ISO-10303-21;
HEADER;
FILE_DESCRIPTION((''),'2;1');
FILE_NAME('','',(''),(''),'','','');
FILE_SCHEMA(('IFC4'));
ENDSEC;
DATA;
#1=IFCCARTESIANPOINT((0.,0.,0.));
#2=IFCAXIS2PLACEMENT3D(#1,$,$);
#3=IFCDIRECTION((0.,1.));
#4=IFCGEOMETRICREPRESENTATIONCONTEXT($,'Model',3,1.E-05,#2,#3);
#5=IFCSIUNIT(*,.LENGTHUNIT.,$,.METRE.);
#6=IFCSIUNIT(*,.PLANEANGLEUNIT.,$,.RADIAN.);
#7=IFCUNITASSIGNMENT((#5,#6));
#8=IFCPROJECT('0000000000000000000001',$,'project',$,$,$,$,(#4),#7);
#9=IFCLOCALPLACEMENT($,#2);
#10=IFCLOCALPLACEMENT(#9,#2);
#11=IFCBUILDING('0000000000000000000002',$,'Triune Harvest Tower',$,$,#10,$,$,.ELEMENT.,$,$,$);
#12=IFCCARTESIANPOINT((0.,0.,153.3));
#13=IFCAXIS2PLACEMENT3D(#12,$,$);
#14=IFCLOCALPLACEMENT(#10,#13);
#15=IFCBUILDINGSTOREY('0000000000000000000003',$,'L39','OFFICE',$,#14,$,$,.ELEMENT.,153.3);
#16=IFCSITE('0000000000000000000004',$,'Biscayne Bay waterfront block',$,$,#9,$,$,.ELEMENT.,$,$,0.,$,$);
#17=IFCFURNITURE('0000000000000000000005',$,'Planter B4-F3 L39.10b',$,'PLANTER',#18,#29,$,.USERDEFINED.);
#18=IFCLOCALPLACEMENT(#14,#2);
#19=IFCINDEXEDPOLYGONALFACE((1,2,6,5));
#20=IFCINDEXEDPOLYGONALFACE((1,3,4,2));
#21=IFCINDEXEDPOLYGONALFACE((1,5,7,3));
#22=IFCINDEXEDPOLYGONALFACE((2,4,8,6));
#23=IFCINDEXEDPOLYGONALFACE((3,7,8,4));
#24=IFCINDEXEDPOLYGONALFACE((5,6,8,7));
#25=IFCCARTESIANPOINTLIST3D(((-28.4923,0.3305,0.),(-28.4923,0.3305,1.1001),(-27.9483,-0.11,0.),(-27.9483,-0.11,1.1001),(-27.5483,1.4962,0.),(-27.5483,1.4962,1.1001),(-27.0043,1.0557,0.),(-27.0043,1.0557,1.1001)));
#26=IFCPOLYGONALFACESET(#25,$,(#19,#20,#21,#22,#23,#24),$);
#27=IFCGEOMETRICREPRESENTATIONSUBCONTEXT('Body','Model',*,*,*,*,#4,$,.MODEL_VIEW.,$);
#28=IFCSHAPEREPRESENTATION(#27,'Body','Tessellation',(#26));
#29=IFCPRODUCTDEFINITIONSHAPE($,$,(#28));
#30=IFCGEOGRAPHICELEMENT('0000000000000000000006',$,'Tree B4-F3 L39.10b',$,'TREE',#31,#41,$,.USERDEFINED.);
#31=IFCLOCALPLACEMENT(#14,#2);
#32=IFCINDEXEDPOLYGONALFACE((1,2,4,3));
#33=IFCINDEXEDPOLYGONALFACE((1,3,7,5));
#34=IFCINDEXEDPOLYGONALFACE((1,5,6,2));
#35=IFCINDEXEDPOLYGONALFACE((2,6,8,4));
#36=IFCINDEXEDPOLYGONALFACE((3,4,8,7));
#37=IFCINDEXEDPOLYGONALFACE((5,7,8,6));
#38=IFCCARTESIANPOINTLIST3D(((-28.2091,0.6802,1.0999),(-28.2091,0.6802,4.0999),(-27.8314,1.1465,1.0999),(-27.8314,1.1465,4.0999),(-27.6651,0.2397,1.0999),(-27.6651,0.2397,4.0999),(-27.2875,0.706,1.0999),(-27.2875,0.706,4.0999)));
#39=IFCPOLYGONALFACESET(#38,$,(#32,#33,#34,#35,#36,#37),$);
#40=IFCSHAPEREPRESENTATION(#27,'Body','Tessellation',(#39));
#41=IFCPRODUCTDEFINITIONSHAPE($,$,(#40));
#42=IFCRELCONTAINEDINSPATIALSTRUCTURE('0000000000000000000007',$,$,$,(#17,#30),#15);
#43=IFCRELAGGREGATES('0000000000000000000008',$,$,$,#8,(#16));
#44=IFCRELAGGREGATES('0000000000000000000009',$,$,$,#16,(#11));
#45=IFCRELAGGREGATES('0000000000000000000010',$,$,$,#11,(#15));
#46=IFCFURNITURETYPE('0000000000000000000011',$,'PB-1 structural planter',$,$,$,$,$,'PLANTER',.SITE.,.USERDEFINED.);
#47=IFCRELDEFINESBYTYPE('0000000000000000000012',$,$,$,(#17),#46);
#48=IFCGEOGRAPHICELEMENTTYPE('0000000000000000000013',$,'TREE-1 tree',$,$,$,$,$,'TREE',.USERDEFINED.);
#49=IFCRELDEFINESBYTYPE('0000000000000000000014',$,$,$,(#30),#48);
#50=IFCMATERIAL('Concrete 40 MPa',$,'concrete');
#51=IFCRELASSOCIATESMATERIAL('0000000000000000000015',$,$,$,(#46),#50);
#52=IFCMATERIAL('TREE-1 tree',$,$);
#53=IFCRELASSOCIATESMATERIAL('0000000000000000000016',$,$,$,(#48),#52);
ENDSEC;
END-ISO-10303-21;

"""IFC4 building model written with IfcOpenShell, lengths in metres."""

from ifc_helpers import new_model, si_unit, direction, frame, origin, origin_2d, place, context, subcontext, project, spatial, rectangle, extrude, source, transform, mapped, material, type_object, element, save


model = new_model("IFC4")

# Units and contexts
model_context = context("Model", 3, precision=1e-05, world=origin(), true_north=direction((0.0, 1.0)))
body_context = subcontext(model_context, "Body", "Model", "MODEL_VIEW")
ifc_project = project(units=[si_unit("LENGTHUNIT", "METRE"), si_unit("PLANEANGLEUNIT", "RADIAN")], contexts=[model_context])

# Site, building, storey
site_placement = place(None, origin())
site = spatial("IfcSite", under=ifc_project, at=site_placement, Name="Biscayne Bay waterfront block", CompositionType="ELEMENT", RefElevation=0.0)
building_placement = place(site_placement, origin())
building = spatial("IfcBuilding", under=site, at=building_placement, Name="Triune Harvest Tower", CompositionType="ELEMENT")
storey_placement = place(building_placement, frame((0.0, 0.0, 153.3)))
storey = spatial("IfcBuildingStorey", under=building, at=storey_placement, Name="L39", Description="OFFICE", CompositionType="ELEMENT", Elevation=153.3)

# Furniture
ifc_material_1 = material(Name="Concrete 40 MPa", Category="concrete")
furniture_type = type_object("IfcFurnitureType", Name="PB-1 structural planter", ElementType="PLANTER", AssemblyPlace="SITE", PredefinedType="USERDEFINED", material=ifc_material_1)
shared_shape_1 = source(origin(), body_context, "Body", "SweptSolid", [
    extrude(rectangle(XDim=1.5, YDim=0.7, at=origin_2d()), origin(), (0.0, 0.0, 1.0), 1.1001),
])
furniture_placement = place(storey_placement, frame((-27.7483, 0.6931, 0.0), z_axis=(0.0, 0.0, 1.0), x_axis=(-0.629321, -0.777145, 0.0)))
element("IfcFurniture", 1, at=furniture_placement, inside=storey, type_object=furniture_type, Name="Planter B4-F3 L39.10b", ObjectType="PLANTER", PredefinedType="USERDEFINED", context=body_context, shape_type="MappedRepresentation", body=[
    mapped(shared_shape_1, transform((0.0, 0.0, 0.0), scale=1.0)),
])

# Geographic element
ifc_material_2 = material(Name="TREE-1 tree")
geographic_element_type = type_object("IfcGeographicElementType", Name="TREE-1 tree", ElementType="TREE", PredefinedType="USERDEFINED", material=ifc_material_2)
shared_shape_2 = source(origin(), body_context, "Body", "SweptSolid", [
    extrude(rectangle(XDim=0.6001, YDim=0.7, at=origin_2d()), origin(), (0.0, 0.0, 1.0), 3.0),
])
geographic_element_placement = place(storey_placement, frame((-27.7483, 0.6931, 1.0999), z_axis=(0.0, 0.0, 1.0), x_axis=(-0.629321, -0.777145, 0.0)))
element("IfcGeographicElement", 2, at=geographic_element_placement, inside=storey, type_object=geographic_element_type, Name="Tree B4-F3 L39.10b", ObjectType="TREE", PredefinedType="USERDEFINED", context=body_context, shape_type="MappedRepresentation", body=[
    mapped(shared_shape_2, transform((0.0, 0.0, 0.0), scale=1.0)),
])

save(model, "model.ifc")
